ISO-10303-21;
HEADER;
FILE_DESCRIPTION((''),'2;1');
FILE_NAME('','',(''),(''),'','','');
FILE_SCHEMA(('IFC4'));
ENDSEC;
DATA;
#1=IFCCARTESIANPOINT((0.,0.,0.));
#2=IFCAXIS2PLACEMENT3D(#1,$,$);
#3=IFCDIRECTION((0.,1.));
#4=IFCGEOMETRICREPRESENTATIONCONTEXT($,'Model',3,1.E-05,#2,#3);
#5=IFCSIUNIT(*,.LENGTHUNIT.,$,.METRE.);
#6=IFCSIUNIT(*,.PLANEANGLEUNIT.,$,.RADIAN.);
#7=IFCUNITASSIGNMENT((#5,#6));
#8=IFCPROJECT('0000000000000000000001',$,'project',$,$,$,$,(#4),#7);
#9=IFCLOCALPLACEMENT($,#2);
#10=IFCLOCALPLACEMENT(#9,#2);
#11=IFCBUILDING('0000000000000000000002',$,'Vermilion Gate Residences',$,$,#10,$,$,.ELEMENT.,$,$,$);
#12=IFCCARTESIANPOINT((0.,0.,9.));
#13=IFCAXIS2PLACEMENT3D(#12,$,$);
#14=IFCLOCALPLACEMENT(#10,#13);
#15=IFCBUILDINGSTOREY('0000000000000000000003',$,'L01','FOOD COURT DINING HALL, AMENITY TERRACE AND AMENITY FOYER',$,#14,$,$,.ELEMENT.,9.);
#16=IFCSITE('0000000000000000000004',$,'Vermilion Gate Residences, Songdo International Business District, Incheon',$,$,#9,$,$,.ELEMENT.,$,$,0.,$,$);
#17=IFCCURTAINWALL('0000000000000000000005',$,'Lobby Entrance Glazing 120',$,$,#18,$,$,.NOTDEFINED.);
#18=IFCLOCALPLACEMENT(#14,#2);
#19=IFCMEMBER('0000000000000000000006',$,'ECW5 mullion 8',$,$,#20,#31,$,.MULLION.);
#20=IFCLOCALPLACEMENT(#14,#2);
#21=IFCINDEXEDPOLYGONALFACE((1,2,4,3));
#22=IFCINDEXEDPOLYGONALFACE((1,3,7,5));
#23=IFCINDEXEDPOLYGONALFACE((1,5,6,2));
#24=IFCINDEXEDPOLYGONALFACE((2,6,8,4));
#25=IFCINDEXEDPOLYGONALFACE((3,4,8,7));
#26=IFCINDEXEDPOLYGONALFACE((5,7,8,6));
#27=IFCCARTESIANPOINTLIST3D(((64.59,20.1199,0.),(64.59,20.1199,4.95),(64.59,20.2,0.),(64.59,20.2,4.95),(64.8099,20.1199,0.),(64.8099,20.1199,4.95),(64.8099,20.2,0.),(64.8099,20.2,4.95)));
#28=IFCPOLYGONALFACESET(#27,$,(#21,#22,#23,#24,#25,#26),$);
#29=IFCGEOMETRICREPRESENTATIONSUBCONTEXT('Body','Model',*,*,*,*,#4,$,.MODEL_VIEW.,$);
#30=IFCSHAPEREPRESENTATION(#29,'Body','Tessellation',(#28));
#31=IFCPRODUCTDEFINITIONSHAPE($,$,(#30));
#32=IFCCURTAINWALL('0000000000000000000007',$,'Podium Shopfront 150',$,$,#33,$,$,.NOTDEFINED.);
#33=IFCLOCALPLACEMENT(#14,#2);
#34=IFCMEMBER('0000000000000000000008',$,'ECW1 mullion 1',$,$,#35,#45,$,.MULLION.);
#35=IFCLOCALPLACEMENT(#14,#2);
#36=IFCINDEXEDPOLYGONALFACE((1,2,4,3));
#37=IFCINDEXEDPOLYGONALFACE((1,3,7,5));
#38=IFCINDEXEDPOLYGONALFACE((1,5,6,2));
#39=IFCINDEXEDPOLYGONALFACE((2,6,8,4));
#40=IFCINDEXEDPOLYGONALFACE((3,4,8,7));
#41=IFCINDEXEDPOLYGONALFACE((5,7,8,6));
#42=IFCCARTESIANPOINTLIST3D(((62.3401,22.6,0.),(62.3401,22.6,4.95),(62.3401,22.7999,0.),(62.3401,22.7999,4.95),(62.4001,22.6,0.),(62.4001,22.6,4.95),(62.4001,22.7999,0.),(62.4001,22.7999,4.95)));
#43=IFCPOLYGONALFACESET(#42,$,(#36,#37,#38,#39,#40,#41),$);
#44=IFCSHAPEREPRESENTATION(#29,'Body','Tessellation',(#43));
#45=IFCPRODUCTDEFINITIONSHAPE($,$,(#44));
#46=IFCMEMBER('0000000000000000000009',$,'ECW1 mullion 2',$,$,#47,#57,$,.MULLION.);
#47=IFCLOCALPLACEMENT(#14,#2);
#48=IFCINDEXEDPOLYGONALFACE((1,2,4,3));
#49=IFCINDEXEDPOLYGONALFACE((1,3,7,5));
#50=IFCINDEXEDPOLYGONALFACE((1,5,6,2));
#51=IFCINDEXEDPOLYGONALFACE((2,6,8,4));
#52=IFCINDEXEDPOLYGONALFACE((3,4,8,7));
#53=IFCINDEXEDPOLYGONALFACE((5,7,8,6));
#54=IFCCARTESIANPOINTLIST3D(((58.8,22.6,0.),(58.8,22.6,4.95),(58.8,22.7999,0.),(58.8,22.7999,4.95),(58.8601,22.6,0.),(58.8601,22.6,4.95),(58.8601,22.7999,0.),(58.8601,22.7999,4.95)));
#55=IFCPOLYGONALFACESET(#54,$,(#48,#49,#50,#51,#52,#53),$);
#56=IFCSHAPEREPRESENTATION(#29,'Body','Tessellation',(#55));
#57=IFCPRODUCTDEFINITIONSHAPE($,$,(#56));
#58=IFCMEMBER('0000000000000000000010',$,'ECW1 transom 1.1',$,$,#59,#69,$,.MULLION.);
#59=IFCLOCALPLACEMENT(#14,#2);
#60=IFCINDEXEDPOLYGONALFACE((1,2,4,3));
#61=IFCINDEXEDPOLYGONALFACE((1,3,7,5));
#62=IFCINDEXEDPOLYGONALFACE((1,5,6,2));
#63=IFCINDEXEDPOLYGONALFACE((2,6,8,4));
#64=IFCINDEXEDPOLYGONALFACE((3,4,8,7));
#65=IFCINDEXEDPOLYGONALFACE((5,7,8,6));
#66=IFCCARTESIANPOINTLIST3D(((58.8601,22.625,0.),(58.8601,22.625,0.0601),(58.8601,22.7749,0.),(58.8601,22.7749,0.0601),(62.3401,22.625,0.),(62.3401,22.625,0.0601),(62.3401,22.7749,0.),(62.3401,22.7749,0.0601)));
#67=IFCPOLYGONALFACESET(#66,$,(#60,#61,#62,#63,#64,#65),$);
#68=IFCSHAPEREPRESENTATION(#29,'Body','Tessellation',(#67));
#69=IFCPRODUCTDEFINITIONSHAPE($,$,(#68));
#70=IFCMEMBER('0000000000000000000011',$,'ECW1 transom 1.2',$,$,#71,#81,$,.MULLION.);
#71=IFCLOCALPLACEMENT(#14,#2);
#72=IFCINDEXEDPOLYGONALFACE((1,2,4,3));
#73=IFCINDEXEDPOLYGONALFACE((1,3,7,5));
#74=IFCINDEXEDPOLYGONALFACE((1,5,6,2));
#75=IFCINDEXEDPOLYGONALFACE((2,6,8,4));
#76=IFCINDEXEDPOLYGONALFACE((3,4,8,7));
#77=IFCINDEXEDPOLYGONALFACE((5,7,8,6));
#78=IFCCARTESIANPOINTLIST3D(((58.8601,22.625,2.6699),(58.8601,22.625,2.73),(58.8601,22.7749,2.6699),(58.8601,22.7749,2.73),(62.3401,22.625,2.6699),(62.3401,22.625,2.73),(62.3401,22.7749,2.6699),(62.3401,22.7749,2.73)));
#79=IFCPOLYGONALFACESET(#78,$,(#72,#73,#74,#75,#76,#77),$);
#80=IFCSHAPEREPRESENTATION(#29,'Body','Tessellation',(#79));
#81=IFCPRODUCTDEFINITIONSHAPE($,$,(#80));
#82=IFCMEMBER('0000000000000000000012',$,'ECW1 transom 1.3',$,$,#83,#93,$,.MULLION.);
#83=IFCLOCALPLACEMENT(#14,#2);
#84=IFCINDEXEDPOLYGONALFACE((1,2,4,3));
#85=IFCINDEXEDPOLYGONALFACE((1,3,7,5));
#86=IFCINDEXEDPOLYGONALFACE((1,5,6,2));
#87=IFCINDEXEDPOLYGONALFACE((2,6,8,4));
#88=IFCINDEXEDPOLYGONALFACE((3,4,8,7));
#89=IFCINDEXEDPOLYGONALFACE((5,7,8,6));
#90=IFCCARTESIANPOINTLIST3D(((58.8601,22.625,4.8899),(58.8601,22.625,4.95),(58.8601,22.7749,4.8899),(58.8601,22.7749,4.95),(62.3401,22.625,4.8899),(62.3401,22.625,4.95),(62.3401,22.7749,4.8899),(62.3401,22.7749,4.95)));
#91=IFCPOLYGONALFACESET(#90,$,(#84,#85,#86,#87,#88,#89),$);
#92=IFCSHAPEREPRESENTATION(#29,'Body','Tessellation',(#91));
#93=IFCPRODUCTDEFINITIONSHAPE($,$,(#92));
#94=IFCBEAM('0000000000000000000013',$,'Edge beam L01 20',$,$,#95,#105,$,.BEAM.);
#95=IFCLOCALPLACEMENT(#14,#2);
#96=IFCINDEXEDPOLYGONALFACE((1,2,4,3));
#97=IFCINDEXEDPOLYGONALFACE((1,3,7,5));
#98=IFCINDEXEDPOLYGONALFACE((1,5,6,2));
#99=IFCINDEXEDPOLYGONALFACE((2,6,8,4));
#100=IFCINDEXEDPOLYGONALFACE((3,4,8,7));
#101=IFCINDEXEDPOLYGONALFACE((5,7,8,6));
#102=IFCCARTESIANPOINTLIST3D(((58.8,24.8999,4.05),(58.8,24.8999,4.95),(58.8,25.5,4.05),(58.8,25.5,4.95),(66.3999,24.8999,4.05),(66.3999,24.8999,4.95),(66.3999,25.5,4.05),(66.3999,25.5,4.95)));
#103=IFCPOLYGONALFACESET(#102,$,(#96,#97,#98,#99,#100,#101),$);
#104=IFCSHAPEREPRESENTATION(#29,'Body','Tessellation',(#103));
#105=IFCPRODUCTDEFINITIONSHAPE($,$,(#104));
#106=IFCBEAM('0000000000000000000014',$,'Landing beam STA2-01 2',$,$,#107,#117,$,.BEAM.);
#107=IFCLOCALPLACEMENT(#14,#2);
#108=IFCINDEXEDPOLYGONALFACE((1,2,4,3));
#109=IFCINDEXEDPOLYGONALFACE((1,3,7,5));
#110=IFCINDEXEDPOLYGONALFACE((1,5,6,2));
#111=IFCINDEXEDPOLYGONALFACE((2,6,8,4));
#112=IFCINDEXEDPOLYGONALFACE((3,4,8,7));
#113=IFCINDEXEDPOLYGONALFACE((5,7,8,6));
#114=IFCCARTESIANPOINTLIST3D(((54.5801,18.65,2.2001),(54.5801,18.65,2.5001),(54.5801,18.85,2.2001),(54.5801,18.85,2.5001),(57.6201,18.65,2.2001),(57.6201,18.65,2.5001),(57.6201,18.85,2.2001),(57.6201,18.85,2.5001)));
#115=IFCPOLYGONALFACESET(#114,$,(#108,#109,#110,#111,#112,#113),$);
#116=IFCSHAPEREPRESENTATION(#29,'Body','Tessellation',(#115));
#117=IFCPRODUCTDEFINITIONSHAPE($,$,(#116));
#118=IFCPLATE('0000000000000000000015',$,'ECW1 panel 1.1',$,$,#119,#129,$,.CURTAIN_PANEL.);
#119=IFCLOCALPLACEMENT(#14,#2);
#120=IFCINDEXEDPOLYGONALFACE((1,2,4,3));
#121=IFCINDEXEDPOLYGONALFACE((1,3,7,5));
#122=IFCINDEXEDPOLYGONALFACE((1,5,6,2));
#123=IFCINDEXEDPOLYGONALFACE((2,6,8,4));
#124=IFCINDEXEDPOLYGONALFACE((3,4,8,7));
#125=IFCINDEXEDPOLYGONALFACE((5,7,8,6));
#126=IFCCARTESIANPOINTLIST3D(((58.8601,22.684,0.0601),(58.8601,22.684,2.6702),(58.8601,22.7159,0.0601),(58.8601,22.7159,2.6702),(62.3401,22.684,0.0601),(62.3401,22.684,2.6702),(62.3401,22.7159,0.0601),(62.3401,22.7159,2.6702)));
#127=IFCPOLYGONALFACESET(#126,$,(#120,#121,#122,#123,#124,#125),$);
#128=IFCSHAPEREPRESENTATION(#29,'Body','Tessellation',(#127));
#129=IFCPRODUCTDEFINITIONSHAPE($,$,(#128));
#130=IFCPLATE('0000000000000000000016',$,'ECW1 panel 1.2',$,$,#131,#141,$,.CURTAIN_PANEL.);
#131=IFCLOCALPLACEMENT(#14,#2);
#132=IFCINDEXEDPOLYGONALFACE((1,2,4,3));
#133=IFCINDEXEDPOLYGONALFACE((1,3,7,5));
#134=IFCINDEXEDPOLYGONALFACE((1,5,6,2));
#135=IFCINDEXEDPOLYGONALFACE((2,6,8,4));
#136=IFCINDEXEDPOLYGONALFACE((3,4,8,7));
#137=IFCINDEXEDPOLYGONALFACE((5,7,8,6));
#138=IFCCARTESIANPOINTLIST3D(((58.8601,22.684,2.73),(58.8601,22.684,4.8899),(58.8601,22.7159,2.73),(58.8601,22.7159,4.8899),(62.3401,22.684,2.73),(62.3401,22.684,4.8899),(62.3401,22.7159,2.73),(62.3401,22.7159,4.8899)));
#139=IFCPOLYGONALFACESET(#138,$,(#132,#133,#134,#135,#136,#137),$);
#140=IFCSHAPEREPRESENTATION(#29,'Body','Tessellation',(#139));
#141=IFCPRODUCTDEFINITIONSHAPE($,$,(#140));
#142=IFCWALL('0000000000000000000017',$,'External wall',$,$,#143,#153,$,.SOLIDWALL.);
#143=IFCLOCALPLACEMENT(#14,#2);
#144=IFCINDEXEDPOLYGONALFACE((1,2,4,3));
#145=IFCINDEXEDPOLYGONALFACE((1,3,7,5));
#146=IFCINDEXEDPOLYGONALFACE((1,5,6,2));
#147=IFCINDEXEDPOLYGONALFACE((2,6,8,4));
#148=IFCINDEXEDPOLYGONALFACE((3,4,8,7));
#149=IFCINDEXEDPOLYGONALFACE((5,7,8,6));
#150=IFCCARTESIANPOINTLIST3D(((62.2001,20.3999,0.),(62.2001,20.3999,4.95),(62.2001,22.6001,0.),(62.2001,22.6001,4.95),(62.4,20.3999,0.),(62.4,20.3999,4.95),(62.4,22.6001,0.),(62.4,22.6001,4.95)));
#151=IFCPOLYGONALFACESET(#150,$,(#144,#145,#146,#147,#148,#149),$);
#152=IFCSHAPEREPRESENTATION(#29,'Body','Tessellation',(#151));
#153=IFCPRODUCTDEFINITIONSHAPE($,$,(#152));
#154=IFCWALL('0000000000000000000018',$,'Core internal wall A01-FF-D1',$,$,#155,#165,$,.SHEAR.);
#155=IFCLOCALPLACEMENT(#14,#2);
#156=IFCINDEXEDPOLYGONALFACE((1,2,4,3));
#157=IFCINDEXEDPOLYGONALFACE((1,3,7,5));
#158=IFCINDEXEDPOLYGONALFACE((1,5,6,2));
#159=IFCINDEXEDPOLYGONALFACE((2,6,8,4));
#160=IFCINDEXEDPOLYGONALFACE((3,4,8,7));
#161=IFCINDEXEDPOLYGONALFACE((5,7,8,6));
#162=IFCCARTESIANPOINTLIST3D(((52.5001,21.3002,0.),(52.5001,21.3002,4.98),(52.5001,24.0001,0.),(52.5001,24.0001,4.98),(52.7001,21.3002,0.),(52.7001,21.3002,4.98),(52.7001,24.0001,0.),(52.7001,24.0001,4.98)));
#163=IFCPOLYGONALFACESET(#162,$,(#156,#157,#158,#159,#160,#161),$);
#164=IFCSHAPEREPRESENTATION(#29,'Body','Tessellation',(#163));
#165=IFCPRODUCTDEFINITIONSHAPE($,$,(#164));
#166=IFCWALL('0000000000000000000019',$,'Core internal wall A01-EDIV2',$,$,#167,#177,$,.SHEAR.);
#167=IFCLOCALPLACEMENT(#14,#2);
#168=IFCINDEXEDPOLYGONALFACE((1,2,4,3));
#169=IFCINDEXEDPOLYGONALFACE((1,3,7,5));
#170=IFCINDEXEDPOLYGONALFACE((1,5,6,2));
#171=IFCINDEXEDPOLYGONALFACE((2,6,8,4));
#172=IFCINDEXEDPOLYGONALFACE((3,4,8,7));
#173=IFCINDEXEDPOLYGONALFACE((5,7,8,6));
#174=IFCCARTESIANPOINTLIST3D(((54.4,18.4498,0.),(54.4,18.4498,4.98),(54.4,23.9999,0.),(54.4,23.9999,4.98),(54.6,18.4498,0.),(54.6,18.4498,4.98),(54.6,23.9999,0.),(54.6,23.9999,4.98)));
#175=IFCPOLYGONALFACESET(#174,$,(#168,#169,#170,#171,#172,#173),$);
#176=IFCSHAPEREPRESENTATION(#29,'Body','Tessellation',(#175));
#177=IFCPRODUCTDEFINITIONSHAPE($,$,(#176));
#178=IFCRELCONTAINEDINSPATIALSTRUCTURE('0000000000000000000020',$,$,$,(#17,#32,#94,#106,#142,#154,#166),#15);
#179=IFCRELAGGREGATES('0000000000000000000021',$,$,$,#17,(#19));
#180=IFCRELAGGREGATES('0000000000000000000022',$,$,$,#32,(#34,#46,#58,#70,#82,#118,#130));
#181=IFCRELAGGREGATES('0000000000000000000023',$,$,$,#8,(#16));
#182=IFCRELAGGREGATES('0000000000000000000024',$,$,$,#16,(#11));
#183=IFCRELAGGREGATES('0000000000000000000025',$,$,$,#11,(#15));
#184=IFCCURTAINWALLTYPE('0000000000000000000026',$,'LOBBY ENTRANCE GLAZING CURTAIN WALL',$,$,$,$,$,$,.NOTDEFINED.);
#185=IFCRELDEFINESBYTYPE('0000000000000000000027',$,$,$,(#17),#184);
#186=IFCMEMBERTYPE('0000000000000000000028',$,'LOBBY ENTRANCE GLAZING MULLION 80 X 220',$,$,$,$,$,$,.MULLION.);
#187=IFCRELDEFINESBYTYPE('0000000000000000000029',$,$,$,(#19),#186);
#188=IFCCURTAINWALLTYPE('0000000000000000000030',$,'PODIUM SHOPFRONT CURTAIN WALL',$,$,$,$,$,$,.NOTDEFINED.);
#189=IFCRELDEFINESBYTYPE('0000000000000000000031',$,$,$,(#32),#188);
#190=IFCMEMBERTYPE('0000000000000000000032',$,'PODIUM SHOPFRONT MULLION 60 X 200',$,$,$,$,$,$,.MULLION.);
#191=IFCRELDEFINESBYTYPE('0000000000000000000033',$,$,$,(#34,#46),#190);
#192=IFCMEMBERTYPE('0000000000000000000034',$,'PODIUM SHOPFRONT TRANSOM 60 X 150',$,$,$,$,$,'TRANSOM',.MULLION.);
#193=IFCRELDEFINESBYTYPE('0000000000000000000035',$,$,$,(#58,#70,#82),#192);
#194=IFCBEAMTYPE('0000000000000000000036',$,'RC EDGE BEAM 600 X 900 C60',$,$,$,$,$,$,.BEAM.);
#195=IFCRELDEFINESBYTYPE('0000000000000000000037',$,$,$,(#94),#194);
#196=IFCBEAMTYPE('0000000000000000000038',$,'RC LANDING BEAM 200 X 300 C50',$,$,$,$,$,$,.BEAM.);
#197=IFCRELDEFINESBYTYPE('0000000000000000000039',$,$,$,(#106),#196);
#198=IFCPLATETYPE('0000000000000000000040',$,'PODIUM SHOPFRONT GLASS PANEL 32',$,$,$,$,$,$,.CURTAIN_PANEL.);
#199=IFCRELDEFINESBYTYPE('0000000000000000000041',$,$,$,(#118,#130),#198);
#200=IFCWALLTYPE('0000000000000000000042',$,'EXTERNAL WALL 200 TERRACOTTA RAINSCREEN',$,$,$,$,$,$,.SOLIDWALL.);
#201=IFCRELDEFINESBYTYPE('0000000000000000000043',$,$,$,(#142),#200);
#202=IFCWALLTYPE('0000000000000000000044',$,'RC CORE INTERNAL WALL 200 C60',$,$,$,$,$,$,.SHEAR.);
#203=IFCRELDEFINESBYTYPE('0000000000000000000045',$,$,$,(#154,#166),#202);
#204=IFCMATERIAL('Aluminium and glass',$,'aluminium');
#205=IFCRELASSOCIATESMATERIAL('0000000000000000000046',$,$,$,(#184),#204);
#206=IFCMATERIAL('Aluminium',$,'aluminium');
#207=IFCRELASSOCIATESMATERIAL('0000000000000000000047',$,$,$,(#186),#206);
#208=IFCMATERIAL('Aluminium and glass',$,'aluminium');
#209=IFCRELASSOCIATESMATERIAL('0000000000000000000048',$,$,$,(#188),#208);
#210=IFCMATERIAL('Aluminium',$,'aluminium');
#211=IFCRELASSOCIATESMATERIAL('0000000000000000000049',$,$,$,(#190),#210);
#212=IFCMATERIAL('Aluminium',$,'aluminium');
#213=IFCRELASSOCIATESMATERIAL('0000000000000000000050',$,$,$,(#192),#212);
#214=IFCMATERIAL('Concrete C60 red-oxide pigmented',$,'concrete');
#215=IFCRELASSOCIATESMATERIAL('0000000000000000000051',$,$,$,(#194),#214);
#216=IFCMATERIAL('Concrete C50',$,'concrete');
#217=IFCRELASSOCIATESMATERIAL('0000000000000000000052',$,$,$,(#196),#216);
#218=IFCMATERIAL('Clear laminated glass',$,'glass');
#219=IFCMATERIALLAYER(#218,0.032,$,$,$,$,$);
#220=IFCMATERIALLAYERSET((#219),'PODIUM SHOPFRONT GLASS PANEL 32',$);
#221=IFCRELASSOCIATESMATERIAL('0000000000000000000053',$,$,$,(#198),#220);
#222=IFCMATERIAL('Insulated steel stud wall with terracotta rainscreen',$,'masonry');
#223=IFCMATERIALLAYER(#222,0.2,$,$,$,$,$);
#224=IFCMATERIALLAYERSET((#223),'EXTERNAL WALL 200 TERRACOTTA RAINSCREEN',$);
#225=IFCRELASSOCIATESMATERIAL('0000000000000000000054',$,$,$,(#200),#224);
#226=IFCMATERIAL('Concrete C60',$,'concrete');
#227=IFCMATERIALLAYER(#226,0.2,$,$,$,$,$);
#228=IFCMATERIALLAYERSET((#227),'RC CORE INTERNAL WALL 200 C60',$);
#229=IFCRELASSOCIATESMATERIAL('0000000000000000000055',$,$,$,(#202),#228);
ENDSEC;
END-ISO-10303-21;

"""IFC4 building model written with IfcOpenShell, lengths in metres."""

from ifc_helpers import new_model, si_unit, direction, frame, frame_2d, origin, origin_2d, place, context, subcontext, project, spatial, rectangle, extrude, material, layer, layer_set, material_profile, profile_set, type_object, element, aggregate, save


model = new_model("IFC4")

# Units and contexts
model_context = context("Model", 3, precision=1e-05, world=origin(), true_north=direction((0.0, 1.0)))
body_context = subcontext(model_context, "Body", "Model", "MODEL_VIEW")
ifc_project = project(units=[si_unit("LENGTHUNIT", "METRE"), si_unit("PLANEANGLEUNIT", "RADIAN")], contexts=[model_context])

# Site, building, storey
site_placement = place(None, origin())
site = spatial("IfcSite", under=ifc_project, at=site_placement, Name="Vermilion Gate Residences, Songdo International Business District, Incheon", CompositionType="ELEMENT", RefElevation=0.0)
building_placement = place(site_placement, origin())
building = spatial("IfcBuilding", under=site, at=building_placement, Name="Vermilion Gate Residences", CompositionType="ELEMENT")
storey_placement = place(building_placement, frame((0.0, 0.0, 9.0)))
storey = spatial("IfcBuildingStorey", under=building, at=storey_placement, Name="L01", Description="FOOD COURT DINING HALL, AMENITY TERRACE AND AMENITY FOYER", CompositionType="ELEMENT", Elevation=9.0)

# Curtain wall, member
ifc_material_1 = material(Name="Aluminium and glass", Category="aluminium")
curtain_wall_type_1 = type_object("IfcCurtainWallType", Name="LOBBY ENTRANCE GLAZING CURTAIN WALL", PredefinedType="NOTDEFINED", material=ifc_material_1)
curtain_wall_1_placement = place(storey_placement, origin())
curtain_wall_1 = element("IfcCurtainWall", 1, at=curtain_wall_1_placement, inside=storey, type_object=curtain_wall_type_1, Name="Lobby Entrance Glazing 120", PredefinedType="NOTDEFINED")
ifc_material_2 = material(Name="Aluminium", Category="aluminium")
ifc_material_profile_1 = material_profile(ifc_material_2, rectangle(XDim=0.22, YDim=0.0801, at=origin_2d()), Name="MULLION 80 X 220")
ifc_profile_set_1 = profile_set([ifc_material_profile_1], Name="Aluminium")
member_type_1 = type_object("IfcMemberType", Name="LOBBY ENTRANCE GLAZING MULLION 80 X 220", PredefinedType="MULLION", material=ifc_profile_set_1)
member_1_placement = place(storey_placement, frame((64.7, 20.1599, 0.0), z_axis=(0.0, 0.0, 1.0), x_axis=(-1.0, 0.0, 0.0)))
member_1 = element("IfcMember", 2, at=member_1_placement, type_object=member_type_1, Name="ECW5 mullion 8", PredefinedType="MULLION", context=body_context, shape_type="SweptSolid", body=[
    extrude(rectangle(XDim=0.22, YDim=0.0801, at=origin_2d()), origin(), (0.0, 0.0, 1.0), 4.95),
])
aggregate(curtain_wall_1, [member_1])

# Curtain wall, members
ifc_material_3 = material(Name="Aluminium and glass", Category="aluminium")
curtain_wall_type_2 = type_object("IfcCurtainWallType", Name="PODIUM SHOPFRONT CURTAIN WALL", PredefinedType="NOTDEFINED", material=ifc_material_3)
curtain_wall_2_placement = place(storey_placement, origin())
curtain_wall_2 = element("IfcCurtainWall", 3, at=curtain_wall_2_placement, inside=storey, type_object=curtain_wall_type_2, Name="Podium Shopfront 150", PredefinedType="NOTDEFINED")
ifc_material_4 = material(Name="Aluminium", Category="aluminium")
ifc_material_profile_2 = material_profile(ifc_material_4, rectangle(XDim=0.2, YDim=0.0601, at=origin_2d()), Name="MULLION 60 X 200")
ifc_profile_set_2 = profile_set([ifc_material_profile_2], Name="Aluminium")
member_type_2 = type_object("IfcMemberType", Name="PODIUM SHOPFRONT MULLION 60 X 200", PredefinedType="MULLION", material=ifc_profile_set_2)
member_2_placement = place(storey_placement, frame((62.3701, 22.7, 0.0), z_axis=(0.0, 0.0, 1.0), x_axis=(0.0, -1.0, 0.0)))
member_2 = element("IfcMember", 4, at=member_2_placement, type_object=member_type_2, Name="ECW1 mullion 1", PredefinedType="MULLION", context=body_context, shape_type="SweptSolid", body=[
    extrude(rectangle(XDim=0.2, YDim=0.0601, at=origin_2d()), origin(), (0.0, 0.0, 1.0), 4.95),
])
member_3_placement = place(storey_placement, frame((58.8301, 22.7, 0.0), z_axis=(0.0, 0.0, 1.0), x_axis=(0.0, -1.0, 0.0)))
member_3 = element("IfcMember", 5, at=member_3_placement, type_object=member_type_2, Name="ECW1 mullion 2", PredefinedType="MULLION", context=body_context, shape_type="SweptSolid", body=[
    extrude(rectangle(XDim=0.2, YDim=0.0601, at=origin_2d()), origin(), (0.0, 0.0, 1.0), 4.95),
])
ifc_material_5 = material(Name="Aluminium", Category="aluminium")
ifc_material_profile_3 = material_profile(ifc_material_5, rectangle(XDim=0.1499, YDim=0.0601, at=origin_2d()), Name="TRANSOM 60 X 150")
ifc_profile_set_3 = profile_set([ifc_material_profile_3], Name="Aluminium")
member_type_3 = type_object("IfcMemberType", Name="PODIUM SHOPFRONT TRANSOM 60 X 150", ElementType="TRANSOM", PredefinedType="MULLION", material=ifc_profile_set_3)
member_4_placement = place(storey_placement, frame((62.3401, 22.7, 0.03), z_axis=(-1.0, 0.0, 0.0), x_axis=(0.0, -1.0, 0.0)))
member_4 = element("IfcMember", 6, at=member_4_placement, type_object=member_type_3, Name="ECW1 transom 1.1", PredefinedType="MULLION", context=body_context, shape_type="SweptSolid", body=[
    extrude(rectangle(XDim=0.1499, YDim=0.0601, at=origin_2d()), origin(), (0.0, 0.0, 1.0), 3.48),
])
member_5_placement = place(storey_placement, frame((62.3401, 22.7, 2.7), z_axis=(-1.0, 0.0, 0.0), x_axis=(0.0, -1.0, 0.0)))
member_5 = element("IfcMember", 7, at=member_5_placement, type_object=member_type_3, Name="ECW1 transom 1.2", PredefinedType="MULLION", context=body_context, shape_type="SweptSolid", body=[
    extrude(rectangle(XDim=0.1499, YDim=0.0601, at=origin_2d()), origin(), (0.0, 0.0, 1.0), 3.48),
])
member_6_placement = place(storey_placement, frame((62.3401, 22.7, 4.9199), z_axis=(-1.0, 0.0, 0.0), x_axis=(0.0, -1.0, 0.0)))
member_6 = element("IfcMember", 8, at=member_6_placement, type_object=member_type_3, Name="ECW1 transom 1.3", PredefinedType="MULLION", context=body_context, shape_type="SweptSolid", body=[
    extrude(rectangle(XDim=0.1499, YDim=0.0601, at=origin_2d()), origin(), (0.0, 0.0, 1.0), 3.48),
])

# Beams
ifc_material_6 = material(Name="Concrete C60 red-oxide pigmented", Category="concrete")
ifc_material_profile_4 = material_profile(ifc_material_6, rectangle(XDim=0.6001, YDim=0.8999, at=origin_2d()), Name="RC-600x900")
ifc_profile_set_4 = profile_set([ifc_material_profile_4], Name="Concrete C60 red-oxide pigmented")
beam_type_1 = type_object("IfcBeamType", Name="RC EDGE BEAM 600 X 900 C60", PredefinedType="BEAM", material=ifc_profile_set_4)
beam_1_placement = place(storey_placement, frame((58.8, 25.2, 4.5), z_axis=(1.0, 0.0, 0.0), x_axis=(0.0, 1.0, 0.0)))
element("IfcBeam", 9, at=beam_1_placement, inside=storey, type_object=beam_type_1, Name="Edge beam L01 20", PredefinedType="BEAM", context=body_context, shape_type="SweptSolid", body=[
    extrude(rectangle(XDim=0.6001, YDim=0.8999, at=origin_2d()), origin(), (0.0, 0.0, 1.0), 7.5999),
])
ifc_material_7 = material(Name="Concrete C50", Category="concrete")
ifc_material_profile_5 = material_profile(ifc_material_7, rectangle(XDim=0.2, YDim=0.3, at=origin_2d()), Name="RC-200x300")
ifc_profile_set_5 = profile_set([ifc_material_profile_5], Name="Concrete C50")
beam_type_2 = type_object("IfcBeamType", Name="RC LANDING BEAM 200 X 300 C50", PredefinedType="BEAM", material=ifc_profile_set_5)
beam_2_placement = place(storey_placement, frame((54.5801, 18.75, 2.3501), z_axis=(1.0, 0.0, 0.0), x_axis=(0.0, 1.0, 0.0)))
element("IfcBeam", 10, at=beam_2_placement, inside=storey, type_object=beam_type_2, Name="Landing beam STA2-01 2", PredefinedType="BEAM", context=body_context, shape_type="SweptSolid", body=[
    extrude(rectangle(XDim=0.2, YDim=0.3, at=origin_2d()), origin(), (0.0, 0.0, 1.0), 3.04),
])

# Plates
ifc_material_8 = material(Name="Clear laminated glass", Category="glass")
ifc_layer_1 = layer(ifc_material_8, 0.032)
ifc_layer_set_1 = layer_set([ifc_layer_1], Name="PODIUM SHOPFRONT GLASS PANEL 32")
plate_type = type_object("IfcPlateType", Name="PODIUM SHOPFRONT GLASS PANEL 32", PredefinedType="CURTAIN_PANEL", material=ifc_layer_set_1)
plate_1_placement = place(storey_placement, frame((60.6001, 22.7, 0.0601), z_axis=(0.0, 0.0, 1.0), x_axis=(-1.0, 0.0, 0.0)))
plate_1 = element("IfcPlate", 11, at=plate_1_placement, type_object=plate_type, Name="ECW1 panel 1.1", PredefinedType="CURTAIN_PANEL", context=body_context, shape_type="SweptSolid", body=[
    extrude(rectangle(XDim=3.48, YDim=0.032, at=origin_2d()), origin(), (0.0, 0.0, 1.0), 2.6101),
])
plate_2_placement = place(storey_placement, frame((60.6001, 22.7, 2.73), z_axis=(0.0, 0.0, 1.0), x_axis=(-1.0, 0.0, 0.0)))
plate_2 = element("IfcPlate", 12, at=plate_2_placement, type_object=plate_type, Name="ECW1 panel 1.2", PredefinedType="CURTAIN_PANEL", context=body_context, shape_type="SweptSolid", body=[
    extrude(rectangle(XDim=3.48, YDim=0.032, at=origin_2d()), origin(), (0.0, 0.0, 1.0), 2.1599),
])
aggregate(curtain_wall_2, [member_2, member_3, member_4, member_5, member_6, plate_1, plate_2])

# Walls
ifc_material_9 = material(Name="Insulated steel stud wall with terracotta rainscreen", Category="masonry")
ifc_layer_2 = layer(ifc_material_9, 0.2)
ifc_layer_set_2 = layer_set([ifc_layer_2], Name="EXTERNAL WALL 200 TERRACOTTA RAINSCREEN")
wall_type_1 = type_object("IfcWallType", Name="EXTERNAL WALL 200 TERRACOTTA RAINSCREEN", PredefinedType="SOLIDWALL", material=ifc_layer_set_2)
wall_1_placement = place(storey_placement, frame((62.3, 20.3999, 0.0), z_axis=(0.0, 0.0, 1.0), x_axis=(0.0, 1.0, 0.0)))
element("IfcWall", 13, at=wall_1_placement, inside=storey, type_object=wall_type_1, Name="External wall", PredefinedType="SOLIDWALL", context=body_context, shape_type="SweptSolid", body=[
    extrude(rectangle(XDim=2.2002, YDim=0.2, at=frame_2d((1.1001, 0.0))), origin(), (0.0, 0.0, 1.0), 4.95),
])
ifc_material_10 = material(Name="Concrete C60", Category="concrete")
ifc_layer_3 = layer(ifc_material_10, 0.2)
ifc_layer_set_3 = layer_set([ifc_layer_3], Name="RC CORE INTERNAL WALL 200 C60")
wall_type_2 = type_object("IfcWallType", Name="RC CORE INTERNAL WALL 200 C60", PredefinedType="SHEAR", material=ifc_layer_set_3)
wall_2_placement = place(storey_placement, frame((52.6001, 21.3, 0.0), z_axis=(0.0, 0.0, 1.0), x_axis=(0.0, 1.0, 0.0)))
element("IfcWall", 14, at=wall_2_placement, inside=storey, type_object=wall_type_2, Name="Core internal wall A01-FF-D1", PredefinedType="SHEAR", context=body_context, shape_type="SweptSolid", body=[
    extrude(rectangle(XDim=2.7, YDim=0.2, at=frame_2d((1.3501, 0.0))), origin(), (0.0, 0.0, 1.0), 4.98),
])
wall_3_placement = place(storey_placement, frame((54.5, 18.45, 0.0), z_axis=(0.0, 0.0, 1.0), x_axis=(0.0, 1.0, 0.0)))
element("IfcWall", 15, at=wall_3_placement, inside=storey, type_object=wall_type_2, Name="Core internal wall A01-EDIV2", PredefinedType="SHEAR", context=body_context, shape_type="SweptSolid", body=[
    extrude(rectangle(XDim=5.55, YDim=0.2, at=frame_2d((2.7749, 0.0))), origin(), (0.0, 0.0, 1.0), 4.98),
])

save(model, "model.ifc")
